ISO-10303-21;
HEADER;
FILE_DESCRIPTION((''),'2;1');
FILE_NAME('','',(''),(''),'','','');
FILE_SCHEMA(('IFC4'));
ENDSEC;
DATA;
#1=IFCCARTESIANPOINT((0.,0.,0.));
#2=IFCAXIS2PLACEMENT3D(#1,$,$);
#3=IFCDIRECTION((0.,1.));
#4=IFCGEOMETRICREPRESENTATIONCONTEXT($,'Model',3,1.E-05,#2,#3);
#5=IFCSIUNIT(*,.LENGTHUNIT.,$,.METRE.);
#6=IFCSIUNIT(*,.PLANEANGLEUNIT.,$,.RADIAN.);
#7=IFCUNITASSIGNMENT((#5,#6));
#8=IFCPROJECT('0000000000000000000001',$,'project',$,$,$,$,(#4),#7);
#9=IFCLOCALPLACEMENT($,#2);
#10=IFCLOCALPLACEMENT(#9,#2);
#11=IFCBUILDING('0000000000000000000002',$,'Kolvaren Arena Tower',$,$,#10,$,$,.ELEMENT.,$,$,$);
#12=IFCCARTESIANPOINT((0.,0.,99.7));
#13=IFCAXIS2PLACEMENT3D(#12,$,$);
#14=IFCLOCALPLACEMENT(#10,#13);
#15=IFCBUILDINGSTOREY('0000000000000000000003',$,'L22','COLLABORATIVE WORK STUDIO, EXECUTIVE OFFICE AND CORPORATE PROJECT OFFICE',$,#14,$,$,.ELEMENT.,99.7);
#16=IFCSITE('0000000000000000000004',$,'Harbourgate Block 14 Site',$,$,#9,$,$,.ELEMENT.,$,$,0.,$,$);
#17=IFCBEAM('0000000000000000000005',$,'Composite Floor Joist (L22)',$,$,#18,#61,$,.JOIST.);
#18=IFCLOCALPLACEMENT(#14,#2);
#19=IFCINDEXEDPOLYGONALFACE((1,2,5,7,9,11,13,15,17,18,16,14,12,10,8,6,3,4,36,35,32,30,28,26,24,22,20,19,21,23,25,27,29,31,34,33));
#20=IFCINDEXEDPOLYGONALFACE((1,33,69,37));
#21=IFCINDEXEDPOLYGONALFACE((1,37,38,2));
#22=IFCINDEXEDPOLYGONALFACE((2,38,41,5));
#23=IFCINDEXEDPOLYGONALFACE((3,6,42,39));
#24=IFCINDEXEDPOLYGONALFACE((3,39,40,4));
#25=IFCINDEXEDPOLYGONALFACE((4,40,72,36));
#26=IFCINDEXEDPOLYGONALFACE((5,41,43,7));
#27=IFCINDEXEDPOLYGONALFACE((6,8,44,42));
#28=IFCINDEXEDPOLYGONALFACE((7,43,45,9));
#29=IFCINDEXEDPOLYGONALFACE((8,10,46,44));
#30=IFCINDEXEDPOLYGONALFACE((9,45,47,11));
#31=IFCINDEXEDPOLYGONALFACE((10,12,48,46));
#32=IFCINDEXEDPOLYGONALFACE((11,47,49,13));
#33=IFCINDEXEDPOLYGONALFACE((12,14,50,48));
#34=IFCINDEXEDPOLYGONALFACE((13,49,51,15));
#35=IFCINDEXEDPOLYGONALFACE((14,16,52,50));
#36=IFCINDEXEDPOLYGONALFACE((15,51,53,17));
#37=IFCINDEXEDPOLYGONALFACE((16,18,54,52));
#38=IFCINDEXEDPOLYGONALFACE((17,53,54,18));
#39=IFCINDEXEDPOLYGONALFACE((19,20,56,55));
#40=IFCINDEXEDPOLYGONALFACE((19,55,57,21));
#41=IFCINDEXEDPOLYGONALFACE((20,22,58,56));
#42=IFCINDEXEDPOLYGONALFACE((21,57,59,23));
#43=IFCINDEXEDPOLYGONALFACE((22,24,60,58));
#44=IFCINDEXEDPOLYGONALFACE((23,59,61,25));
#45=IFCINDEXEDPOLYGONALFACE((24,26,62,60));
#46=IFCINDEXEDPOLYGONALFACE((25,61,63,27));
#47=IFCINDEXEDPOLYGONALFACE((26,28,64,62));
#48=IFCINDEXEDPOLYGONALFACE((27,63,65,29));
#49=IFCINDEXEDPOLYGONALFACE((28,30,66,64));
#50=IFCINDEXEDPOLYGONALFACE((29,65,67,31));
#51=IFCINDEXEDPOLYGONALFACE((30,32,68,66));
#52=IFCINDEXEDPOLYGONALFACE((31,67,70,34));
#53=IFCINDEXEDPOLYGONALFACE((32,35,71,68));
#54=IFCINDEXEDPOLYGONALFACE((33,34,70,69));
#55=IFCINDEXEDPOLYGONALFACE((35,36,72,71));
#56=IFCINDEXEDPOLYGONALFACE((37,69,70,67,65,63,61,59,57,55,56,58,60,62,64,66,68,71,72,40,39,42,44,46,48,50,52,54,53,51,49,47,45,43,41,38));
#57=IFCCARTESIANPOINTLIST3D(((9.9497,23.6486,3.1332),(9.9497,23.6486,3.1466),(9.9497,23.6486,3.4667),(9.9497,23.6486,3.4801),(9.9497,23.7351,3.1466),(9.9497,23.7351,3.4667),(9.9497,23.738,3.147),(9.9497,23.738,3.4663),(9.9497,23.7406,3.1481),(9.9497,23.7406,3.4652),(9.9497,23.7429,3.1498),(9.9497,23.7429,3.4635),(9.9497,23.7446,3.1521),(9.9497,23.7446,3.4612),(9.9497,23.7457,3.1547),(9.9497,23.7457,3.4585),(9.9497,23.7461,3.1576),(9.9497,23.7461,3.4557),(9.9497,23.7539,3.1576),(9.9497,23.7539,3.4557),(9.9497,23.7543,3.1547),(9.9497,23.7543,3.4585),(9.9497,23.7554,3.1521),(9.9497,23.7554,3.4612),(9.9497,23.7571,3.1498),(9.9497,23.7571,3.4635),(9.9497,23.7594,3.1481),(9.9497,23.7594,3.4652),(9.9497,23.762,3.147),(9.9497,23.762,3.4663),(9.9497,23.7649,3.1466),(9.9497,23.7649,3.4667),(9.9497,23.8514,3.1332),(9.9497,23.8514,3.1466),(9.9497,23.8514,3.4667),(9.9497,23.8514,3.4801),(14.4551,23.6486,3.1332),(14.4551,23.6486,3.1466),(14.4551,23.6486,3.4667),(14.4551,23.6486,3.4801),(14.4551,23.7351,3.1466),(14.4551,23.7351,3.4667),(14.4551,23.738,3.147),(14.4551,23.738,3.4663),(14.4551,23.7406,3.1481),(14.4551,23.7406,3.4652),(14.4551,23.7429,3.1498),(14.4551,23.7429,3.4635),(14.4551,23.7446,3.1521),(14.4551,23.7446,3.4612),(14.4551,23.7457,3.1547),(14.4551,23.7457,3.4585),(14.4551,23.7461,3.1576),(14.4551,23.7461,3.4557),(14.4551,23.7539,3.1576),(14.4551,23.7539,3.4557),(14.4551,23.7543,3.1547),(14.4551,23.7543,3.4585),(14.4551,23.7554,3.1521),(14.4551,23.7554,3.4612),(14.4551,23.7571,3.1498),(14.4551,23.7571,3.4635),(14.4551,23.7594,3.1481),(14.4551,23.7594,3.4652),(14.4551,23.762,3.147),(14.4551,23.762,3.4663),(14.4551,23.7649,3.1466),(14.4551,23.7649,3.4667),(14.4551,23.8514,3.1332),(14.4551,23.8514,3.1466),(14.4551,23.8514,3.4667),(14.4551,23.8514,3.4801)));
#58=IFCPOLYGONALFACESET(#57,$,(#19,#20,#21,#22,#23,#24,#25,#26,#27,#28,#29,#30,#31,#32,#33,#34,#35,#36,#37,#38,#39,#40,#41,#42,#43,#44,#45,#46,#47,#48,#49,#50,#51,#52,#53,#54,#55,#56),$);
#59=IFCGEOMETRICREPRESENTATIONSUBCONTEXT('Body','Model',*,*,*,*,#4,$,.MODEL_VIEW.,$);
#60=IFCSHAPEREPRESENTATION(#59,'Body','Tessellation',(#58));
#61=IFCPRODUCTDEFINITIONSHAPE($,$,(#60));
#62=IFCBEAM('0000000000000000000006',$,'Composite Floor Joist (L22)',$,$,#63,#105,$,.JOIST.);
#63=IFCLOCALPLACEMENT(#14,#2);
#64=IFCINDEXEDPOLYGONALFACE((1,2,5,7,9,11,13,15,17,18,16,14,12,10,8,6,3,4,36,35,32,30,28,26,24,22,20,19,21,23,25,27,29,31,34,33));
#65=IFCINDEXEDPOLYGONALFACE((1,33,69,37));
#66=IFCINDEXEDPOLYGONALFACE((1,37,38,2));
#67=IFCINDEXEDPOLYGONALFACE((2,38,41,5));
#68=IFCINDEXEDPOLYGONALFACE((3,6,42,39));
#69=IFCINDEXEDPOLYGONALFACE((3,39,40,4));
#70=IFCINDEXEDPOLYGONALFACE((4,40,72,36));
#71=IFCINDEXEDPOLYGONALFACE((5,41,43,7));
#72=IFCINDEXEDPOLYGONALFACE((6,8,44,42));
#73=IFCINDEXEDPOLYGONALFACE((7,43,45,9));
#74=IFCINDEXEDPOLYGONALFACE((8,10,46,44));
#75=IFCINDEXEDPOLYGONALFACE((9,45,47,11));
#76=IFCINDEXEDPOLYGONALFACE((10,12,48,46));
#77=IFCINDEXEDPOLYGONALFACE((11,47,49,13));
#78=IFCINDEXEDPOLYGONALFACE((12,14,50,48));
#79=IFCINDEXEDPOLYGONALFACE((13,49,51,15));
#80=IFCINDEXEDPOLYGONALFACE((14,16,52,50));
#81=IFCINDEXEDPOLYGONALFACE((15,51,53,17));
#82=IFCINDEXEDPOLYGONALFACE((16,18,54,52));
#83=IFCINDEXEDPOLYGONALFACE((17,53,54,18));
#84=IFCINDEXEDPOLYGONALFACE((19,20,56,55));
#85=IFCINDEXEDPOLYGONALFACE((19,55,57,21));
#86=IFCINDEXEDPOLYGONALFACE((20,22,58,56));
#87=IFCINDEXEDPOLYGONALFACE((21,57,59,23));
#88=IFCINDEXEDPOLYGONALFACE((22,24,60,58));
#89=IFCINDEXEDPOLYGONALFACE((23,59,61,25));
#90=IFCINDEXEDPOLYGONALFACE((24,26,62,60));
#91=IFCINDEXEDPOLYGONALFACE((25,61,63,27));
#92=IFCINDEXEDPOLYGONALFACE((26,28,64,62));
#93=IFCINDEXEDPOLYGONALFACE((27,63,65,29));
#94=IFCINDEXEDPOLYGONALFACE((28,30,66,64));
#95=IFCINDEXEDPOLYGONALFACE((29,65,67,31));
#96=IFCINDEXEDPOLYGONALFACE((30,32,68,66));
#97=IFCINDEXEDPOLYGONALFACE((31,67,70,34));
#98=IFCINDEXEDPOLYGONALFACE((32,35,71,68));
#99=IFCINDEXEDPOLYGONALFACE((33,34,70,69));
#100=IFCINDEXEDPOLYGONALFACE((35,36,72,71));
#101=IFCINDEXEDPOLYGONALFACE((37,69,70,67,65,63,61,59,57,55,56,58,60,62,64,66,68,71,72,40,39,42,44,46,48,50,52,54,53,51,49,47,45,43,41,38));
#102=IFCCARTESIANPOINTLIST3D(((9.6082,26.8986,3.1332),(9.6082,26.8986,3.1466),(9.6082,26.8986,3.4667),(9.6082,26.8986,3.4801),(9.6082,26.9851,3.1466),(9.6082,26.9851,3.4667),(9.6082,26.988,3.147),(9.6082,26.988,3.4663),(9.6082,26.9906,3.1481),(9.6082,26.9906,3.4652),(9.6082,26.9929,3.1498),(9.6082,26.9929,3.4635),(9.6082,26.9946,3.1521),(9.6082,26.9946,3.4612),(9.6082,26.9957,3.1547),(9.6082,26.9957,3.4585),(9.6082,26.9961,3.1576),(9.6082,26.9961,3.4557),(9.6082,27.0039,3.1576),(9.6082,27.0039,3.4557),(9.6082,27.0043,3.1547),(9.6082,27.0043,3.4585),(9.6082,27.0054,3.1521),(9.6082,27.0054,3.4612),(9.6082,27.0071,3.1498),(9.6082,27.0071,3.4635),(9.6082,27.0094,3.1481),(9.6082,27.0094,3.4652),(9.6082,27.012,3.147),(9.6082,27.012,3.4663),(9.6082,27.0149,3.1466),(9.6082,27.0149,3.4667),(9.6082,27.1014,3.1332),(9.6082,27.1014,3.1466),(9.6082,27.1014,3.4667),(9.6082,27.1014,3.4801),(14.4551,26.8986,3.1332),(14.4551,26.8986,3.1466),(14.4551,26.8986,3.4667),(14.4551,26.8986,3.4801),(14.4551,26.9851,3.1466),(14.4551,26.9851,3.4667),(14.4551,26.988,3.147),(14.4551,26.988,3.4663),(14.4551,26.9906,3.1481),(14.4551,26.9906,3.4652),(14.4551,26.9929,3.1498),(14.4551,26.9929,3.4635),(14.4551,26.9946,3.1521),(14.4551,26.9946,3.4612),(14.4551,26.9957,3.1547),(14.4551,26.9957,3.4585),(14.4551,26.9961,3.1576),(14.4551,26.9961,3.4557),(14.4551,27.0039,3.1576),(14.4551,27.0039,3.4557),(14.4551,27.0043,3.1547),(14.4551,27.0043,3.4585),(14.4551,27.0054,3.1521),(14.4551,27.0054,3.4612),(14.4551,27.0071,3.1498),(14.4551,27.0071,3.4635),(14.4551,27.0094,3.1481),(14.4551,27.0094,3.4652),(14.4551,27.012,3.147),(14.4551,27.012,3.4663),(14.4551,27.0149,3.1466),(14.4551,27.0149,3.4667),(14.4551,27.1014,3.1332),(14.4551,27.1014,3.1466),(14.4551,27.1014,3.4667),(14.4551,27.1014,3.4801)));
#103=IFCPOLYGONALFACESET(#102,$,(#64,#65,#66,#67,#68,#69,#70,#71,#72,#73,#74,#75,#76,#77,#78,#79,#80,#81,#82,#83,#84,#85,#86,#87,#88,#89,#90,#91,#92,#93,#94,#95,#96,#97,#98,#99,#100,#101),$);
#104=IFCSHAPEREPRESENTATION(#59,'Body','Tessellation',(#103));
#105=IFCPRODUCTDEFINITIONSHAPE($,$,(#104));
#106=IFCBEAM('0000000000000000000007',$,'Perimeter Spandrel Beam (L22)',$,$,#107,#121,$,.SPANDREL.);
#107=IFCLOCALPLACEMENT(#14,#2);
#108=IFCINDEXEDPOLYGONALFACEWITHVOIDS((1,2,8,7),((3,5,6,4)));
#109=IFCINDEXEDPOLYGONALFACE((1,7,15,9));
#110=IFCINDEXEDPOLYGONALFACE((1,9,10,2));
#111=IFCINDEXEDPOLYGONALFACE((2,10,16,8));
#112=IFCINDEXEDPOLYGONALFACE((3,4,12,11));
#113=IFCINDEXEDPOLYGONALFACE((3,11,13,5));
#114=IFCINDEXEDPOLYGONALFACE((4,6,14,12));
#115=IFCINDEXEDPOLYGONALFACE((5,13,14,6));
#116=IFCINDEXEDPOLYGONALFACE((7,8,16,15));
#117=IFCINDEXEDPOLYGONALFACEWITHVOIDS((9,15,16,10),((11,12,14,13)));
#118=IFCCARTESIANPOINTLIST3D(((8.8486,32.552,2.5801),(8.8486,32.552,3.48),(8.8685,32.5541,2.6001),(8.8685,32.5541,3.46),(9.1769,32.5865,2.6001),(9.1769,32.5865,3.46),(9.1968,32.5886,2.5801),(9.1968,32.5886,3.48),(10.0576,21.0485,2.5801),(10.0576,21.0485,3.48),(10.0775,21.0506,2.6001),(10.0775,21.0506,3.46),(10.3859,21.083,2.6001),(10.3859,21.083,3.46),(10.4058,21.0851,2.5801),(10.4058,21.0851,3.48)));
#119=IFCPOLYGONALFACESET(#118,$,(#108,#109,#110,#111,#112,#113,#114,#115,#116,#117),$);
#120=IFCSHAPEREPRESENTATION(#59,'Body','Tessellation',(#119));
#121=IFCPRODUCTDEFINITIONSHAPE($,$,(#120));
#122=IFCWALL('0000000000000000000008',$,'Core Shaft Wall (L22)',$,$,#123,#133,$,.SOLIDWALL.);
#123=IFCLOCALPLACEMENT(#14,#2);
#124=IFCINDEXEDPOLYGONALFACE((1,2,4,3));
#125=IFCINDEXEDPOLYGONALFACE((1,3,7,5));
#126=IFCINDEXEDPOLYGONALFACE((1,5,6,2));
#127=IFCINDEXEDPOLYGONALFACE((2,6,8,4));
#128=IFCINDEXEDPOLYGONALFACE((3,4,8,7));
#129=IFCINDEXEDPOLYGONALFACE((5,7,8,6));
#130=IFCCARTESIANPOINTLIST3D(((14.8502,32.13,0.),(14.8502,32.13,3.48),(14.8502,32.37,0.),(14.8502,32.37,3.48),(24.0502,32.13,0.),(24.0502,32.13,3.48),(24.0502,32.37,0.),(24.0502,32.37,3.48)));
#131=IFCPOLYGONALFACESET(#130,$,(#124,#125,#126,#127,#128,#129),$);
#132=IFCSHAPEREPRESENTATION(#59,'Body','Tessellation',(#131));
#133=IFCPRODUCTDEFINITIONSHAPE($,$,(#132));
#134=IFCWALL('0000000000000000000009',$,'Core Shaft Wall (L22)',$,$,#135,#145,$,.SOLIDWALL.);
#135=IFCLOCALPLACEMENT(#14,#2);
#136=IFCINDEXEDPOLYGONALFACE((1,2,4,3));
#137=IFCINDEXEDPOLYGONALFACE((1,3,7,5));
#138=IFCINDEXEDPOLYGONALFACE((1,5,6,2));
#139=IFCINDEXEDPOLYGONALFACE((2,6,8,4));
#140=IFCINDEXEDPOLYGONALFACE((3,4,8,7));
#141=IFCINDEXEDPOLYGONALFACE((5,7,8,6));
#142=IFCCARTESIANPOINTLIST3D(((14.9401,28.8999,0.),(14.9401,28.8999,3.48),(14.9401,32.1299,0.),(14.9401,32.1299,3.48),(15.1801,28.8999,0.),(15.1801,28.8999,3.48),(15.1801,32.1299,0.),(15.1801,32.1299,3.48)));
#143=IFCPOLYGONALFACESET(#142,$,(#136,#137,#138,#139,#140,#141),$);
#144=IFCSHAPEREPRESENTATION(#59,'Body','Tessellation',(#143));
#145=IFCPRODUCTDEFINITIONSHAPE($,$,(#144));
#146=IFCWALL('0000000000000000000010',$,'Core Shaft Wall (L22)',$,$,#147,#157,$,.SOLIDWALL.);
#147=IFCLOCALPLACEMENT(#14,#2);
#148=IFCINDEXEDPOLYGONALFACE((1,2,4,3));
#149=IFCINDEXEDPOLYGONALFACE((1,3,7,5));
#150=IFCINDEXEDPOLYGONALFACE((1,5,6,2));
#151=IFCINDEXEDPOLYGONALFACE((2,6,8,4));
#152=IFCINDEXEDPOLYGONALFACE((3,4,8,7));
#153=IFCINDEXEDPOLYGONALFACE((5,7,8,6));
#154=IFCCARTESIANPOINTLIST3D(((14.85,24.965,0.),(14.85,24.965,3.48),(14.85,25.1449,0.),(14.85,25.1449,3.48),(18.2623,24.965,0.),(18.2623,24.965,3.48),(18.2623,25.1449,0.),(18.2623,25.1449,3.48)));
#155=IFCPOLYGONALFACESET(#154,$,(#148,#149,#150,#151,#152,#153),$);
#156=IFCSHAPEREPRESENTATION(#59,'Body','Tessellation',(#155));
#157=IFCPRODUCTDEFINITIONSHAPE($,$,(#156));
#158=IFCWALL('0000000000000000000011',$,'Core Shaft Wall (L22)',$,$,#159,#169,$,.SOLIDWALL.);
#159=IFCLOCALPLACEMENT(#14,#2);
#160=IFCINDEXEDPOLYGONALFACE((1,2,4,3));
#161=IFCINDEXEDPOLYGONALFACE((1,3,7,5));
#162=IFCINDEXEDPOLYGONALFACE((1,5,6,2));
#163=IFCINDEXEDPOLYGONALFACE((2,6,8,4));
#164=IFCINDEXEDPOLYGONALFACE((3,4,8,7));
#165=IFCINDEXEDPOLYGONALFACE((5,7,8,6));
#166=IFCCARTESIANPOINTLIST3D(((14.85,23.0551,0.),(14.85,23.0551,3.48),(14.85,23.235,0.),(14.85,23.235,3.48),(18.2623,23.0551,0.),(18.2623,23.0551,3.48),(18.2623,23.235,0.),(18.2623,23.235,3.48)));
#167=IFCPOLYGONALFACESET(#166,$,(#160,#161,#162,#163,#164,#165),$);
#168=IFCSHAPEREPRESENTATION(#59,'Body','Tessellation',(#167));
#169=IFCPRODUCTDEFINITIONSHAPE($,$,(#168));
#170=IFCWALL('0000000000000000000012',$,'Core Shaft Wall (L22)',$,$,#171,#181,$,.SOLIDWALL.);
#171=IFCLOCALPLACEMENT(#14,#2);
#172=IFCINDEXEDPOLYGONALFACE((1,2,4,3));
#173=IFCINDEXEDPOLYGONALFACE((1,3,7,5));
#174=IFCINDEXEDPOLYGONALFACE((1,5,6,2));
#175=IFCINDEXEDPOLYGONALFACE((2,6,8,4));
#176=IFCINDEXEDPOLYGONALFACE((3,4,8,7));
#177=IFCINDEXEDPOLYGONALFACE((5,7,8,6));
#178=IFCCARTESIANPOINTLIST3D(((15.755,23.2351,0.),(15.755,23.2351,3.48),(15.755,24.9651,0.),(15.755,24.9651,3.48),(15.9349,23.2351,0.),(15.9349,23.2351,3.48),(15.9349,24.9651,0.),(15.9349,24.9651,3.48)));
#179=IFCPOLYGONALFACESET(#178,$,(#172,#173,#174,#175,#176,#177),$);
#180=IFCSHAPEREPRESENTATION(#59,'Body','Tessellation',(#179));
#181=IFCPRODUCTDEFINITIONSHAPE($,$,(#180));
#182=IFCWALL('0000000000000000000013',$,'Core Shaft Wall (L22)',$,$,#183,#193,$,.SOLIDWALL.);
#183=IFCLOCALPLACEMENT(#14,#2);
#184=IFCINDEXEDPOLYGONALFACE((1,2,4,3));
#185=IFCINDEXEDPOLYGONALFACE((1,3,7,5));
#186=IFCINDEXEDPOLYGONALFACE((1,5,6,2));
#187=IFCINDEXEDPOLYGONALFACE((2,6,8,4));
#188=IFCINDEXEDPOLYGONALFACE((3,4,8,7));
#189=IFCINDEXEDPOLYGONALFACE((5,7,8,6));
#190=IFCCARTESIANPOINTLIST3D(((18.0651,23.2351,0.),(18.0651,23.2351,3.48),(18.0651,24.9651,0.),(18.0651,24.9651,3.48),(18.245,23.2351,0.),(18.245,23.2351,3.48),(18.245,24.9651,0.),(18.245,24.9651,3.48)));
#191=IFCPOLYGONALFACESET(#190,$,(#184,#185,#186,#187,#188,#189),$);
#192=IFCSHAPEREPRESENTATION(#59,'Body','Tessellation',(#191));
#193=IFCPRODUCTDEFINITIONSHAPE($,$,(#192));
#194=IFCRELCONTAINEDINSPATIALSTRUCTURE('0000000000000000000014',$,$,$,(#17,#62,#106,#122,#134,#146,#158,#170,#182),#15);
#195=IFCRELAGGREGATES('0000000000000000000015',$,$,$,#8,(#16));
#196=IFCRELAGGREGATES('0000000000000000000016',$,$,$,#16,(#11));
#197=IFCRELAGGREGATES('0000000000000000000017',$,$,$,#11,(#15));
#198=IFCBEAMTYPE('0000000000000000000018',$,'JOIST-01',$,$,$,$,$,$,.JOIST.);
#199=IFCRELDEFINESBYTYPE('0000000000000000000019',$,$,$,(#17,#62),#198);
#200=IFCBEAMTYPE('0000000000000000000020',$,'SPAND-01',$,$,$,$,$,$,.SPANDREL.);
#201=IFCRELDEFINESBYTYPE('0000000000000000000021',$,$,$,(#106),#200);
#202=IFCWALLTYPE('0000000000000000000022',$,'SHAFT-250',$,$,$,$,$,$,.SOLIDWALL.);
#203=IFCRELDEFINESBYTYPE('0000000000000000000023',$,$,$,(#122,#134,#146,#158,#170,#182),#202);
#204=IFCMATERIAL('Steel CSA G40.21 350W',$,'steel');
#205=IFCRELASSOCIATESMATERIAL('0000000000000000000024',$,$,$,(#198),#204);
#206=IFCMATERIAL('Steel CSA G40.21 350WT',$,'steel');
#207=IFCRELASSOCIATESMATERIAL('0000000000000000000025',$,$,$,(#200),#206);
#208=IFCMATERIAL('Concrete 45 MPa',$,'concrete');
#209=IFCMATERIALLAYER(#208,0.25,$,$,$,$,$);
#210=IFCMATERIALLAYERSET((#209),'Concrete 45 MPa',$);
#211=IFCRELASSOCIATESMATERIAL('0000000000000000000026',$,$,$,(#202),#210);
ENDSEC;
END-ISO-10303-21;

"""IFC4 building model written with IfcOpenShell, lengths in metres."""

from ifc_helpers import new_model, si_unit, direction, frame, frame_2d, origin, origin_2d, place, context, subcontext, project, spatial, rectangle, hollow_rectangle, i_section, extrude, material, layer, layer_set, material_profile, profile_set, type_object, element, save


model = new_model("IFC4")

# Units and contexts
model_context = context("Model", 3, precision=1e-05, world=origin(), true_north=direction((0.0, 1.0)))
body_context = subcontext(model_context, "Body", "Model", "MODEL_VIEW")
ifc_project = project(units=[si_unit("LENGTHUNIT", "METRE"), si_unit("PLANEANGLEUNIT", "RADIAN")], contexts=[model_context])

# Site, building, storey
site_placement = place(None, origin())
site = spatial("IfcSite", under=ifc_project, at=site_placement, Name="Harbourgate Block 14 Site", CompositionType="ELEMENT", RefElevation=0.0)
building_placement = place(site_placement, origin())
building = spatial("IfcBuilding", under=site, at=building_placement, Name="Kolvaren Arena Tower", CompositionType="ELEMENT")
storey_placement = place(building_placement, frame((0.0, 0.0, 99.7)))
storey = spatial("IfcBuildingStorey", under=building, at=storey_placement, Name="L22", Description="COLLABORATIVE WORK STUDIO, EXECUTIVE OFFICE AND CORPORATE PROJECT OFFICE", CompositionType="ELEMENT", Elevation=99.7)

# Beams
ifc_material_1 = material(Name="Steel CSA G40.21 350W", Category="steel")
ifc_material_profile_1 = material_profile(ifc_material_1, i_section(OverallWidth=0.2029, OverallDepth=0.3469, WebThickness=0.0078, FlangeThickness=0.0134, FilletRadius=0.011, at=origin_2d()), Name="W360x64")
ifc_profile_set_1 = profile_set([ifc_material_profile_1], Name="Steel CSA G40.21 350W")
beam_type_1 = type_object("IfcBeamType", Name="JOIST-01", PredefinedType="JOIST", material=ifc_profile_set_1)
beam_1_placement = place(storey_placement, frame((9.9497, 23.75, 3.3066), z_axis=(1.0, 0.0, 0.0), x_axis=(0.0, 1.0, 0.0)))
element("IfcBeam", 1, at=beam_1_placement, inside=storey, type_object=beam_type_1, Name="Composite Floor Joist (L22)", PredefinedType="JOIST", context=body_context, shape_type="SweptSolid", body=[
    extrude(i_section(OverallWidth=0.2029, OverallDepth=0.3469, WebThickness=0.0078, FlangeThickness=0.0134, FilletRadius=0.011, at=origin_2d()), origin(), (0.0, 0.0, 1.0), 4.5054),
])
beam_2_placement = place(storey_placement, frame((9.6082, 27.0, 3.3066), z_axis=(1.0, 0.0, 0.0), x_axis=(0.0, 1.0, 0.0)))
element("IfcBeam", 2, at=beam_2_placement, inside=storey, type_object=beam_type_1, Name="Composite Floor Joist (L22)", PredefinedType="JOIST", context=body_context, shape_type="SweptSolid", body=[
    extrude(i_section(OverallWidth=0.2029, OverallDepth=0.3469, WebThickness=0.0078, FlangeThickness=0.0134, FilletRadius=0.011, at=origin_2d()), origin(), (0.0, 0.0, 1.0), 4.8469),
])
ifc_material_2 = material(Name="Steel CSA G40.21 350WT", Category="steel")
ifc_material_profile_2 = material_profile(ifc_material_2, hollow_rectangle(XDim=0.3501, YDim=0.8999, WallThickness=0.02, at=origin_2d()), Name="HSS 900x350x20")
ifc_profile_set_2 = profile_set([ifc_material_profile_2], Name="Steel CSA G40.21 350WT")
beam_type_2 = type_object("IfcBeamType", Name="SPAND-01", PredefinedType="SPANDREL", material=ifc_profile_set_2)
beam_3_placement = place(storey_placement, frame((9.0227, 32.5703, 3.03), z_axis=(0.104522, -0.994523, 0.0), x_axis=(0.994523, 0.104522, 0.0)))
element("IfcBeam", 3, at=beam_3_placement, inside=storey, type_object=beam_type_2, Name="Perimeter Spandrel Beam (L22)", PredefinedType="SPANDREL", context=body_context, shape_type="SweptSolid", body=[
    extrude(hollow_rectangle(XDim=0.3501, YDim=0.8999, WallThickness=0.02, at=origin_2d()), origin(), (0.0, 0.0, 1.0), 11.5669),
])

# Walls
ifc_material_3 = material(Name="Concrete 45 MPa", Category="concrete")
ifc_layer = layer(ifc_material_3, 0.25)
ifc_layer_set = layer_set([ifc_layer], Name="Concrete 45 MPa")
wall_type = type_object("IfcWallType", Name="SHAFT-250", PredefinedType="SOLIDWALL", material=ifc_layer_set)
wall_1_placement = place(storey_placement, frame((14.8501, 32.25, 0.0), z_axis=(0.0, 0.0, 1.0), x_axis=(1.0, 0.0, 0.0)))
element("IfcWall", 4, at=wall_1_placement, inside=storey, type_object=wall_type, Name="Core Shaft Wall (L22)", PredefinedType="SOLIDWALL", context=body_context, shape_type="SweptSolid", body=[
    extrude(rectangle(XDim=9.2, YDim=0.24, at=frame_2d((4.6001, 0.0))), origin(), (0.0, 0.0, 1.0), 3.48),
])
wall_2_placement = place(storey_placement, frame((15.0601, 28.8999, 0.0), z_axis=(0.0, 0.0, 1.0), x_axis=(0.0, 1.0, 0.0)))
element("IfcWall", 5, at=wall_2_placement, inside=storey, type_object=wall_type, Name="Core Shaft Wall (L22)", PredefinedType="SOLIDWALL", context=body_context, shape_type="SweptSolid", body=[
    extrude(rectangle(XDim=3.23, YDim=0.24, at=frame_2d((1.615, 0.0))), origin(), (0.0, 0.0, 1.0), 3.48),
])
for number, where, z_axis, x_axis, name in (
    (6, (14.8501, 25.0549, 0.0), (0.0, 0.0, 1.0), (1.0, 0.0, 0.0), "Core Shaft Wall (L22)"),
    (7, (14.8501, 23.145, 0.0), (0.0, 0.0, 1.0), (1.0, 0.0, 0.0), "Core Shaft Wall (L22)"),
):
    element("IfcWall", number, at=place(storey_placement, frame(where, z_axis=z_axis, x_axis=x_axis)), inside=storey, type_object=wall_type, Name=name, PredefinedType="SOLIDWALL", context=body_context, shape_type="SweptSolid", body=[
        extrude(rectangle(XDim=3.4124, YDim=0.1799, at=frame_2d((1.7061, 0.0))), origin(), (0.0, 0.0, 1.0), 3.48),
    ])
for number, where, z_axis, x_axis, name in (
    (8, (15.845, 23.2351, 0.0), (0.0, 0.0, 1.0), (0.0, 1.0, 0.0), "Core Shaft Wall (L22)"),
    (9, (18.155, 23.2351, 0.0), (0.0, 0.0, 1.0), (0.0, 1.0, 0.0), "Core Shaft Wall (L22)"),
):
    element("IfcWall", number, at=place(storey_placement, frame(where, z_axis=z_axis, x_axis=x_axis)), inside=storey, type_object=wall_type, Name=name, PredefinedType="SOLIDWALL", context=body_context, shape_type="SweptSolid", body=[
        extrude(rectangle(XDim=1.73, YDim=0.1799, at=frame_2d((0.865, 0.0))), origin(), (0.0, 0.0, 1.0), 3.48),
    ])

save(model, "model.ifc")
